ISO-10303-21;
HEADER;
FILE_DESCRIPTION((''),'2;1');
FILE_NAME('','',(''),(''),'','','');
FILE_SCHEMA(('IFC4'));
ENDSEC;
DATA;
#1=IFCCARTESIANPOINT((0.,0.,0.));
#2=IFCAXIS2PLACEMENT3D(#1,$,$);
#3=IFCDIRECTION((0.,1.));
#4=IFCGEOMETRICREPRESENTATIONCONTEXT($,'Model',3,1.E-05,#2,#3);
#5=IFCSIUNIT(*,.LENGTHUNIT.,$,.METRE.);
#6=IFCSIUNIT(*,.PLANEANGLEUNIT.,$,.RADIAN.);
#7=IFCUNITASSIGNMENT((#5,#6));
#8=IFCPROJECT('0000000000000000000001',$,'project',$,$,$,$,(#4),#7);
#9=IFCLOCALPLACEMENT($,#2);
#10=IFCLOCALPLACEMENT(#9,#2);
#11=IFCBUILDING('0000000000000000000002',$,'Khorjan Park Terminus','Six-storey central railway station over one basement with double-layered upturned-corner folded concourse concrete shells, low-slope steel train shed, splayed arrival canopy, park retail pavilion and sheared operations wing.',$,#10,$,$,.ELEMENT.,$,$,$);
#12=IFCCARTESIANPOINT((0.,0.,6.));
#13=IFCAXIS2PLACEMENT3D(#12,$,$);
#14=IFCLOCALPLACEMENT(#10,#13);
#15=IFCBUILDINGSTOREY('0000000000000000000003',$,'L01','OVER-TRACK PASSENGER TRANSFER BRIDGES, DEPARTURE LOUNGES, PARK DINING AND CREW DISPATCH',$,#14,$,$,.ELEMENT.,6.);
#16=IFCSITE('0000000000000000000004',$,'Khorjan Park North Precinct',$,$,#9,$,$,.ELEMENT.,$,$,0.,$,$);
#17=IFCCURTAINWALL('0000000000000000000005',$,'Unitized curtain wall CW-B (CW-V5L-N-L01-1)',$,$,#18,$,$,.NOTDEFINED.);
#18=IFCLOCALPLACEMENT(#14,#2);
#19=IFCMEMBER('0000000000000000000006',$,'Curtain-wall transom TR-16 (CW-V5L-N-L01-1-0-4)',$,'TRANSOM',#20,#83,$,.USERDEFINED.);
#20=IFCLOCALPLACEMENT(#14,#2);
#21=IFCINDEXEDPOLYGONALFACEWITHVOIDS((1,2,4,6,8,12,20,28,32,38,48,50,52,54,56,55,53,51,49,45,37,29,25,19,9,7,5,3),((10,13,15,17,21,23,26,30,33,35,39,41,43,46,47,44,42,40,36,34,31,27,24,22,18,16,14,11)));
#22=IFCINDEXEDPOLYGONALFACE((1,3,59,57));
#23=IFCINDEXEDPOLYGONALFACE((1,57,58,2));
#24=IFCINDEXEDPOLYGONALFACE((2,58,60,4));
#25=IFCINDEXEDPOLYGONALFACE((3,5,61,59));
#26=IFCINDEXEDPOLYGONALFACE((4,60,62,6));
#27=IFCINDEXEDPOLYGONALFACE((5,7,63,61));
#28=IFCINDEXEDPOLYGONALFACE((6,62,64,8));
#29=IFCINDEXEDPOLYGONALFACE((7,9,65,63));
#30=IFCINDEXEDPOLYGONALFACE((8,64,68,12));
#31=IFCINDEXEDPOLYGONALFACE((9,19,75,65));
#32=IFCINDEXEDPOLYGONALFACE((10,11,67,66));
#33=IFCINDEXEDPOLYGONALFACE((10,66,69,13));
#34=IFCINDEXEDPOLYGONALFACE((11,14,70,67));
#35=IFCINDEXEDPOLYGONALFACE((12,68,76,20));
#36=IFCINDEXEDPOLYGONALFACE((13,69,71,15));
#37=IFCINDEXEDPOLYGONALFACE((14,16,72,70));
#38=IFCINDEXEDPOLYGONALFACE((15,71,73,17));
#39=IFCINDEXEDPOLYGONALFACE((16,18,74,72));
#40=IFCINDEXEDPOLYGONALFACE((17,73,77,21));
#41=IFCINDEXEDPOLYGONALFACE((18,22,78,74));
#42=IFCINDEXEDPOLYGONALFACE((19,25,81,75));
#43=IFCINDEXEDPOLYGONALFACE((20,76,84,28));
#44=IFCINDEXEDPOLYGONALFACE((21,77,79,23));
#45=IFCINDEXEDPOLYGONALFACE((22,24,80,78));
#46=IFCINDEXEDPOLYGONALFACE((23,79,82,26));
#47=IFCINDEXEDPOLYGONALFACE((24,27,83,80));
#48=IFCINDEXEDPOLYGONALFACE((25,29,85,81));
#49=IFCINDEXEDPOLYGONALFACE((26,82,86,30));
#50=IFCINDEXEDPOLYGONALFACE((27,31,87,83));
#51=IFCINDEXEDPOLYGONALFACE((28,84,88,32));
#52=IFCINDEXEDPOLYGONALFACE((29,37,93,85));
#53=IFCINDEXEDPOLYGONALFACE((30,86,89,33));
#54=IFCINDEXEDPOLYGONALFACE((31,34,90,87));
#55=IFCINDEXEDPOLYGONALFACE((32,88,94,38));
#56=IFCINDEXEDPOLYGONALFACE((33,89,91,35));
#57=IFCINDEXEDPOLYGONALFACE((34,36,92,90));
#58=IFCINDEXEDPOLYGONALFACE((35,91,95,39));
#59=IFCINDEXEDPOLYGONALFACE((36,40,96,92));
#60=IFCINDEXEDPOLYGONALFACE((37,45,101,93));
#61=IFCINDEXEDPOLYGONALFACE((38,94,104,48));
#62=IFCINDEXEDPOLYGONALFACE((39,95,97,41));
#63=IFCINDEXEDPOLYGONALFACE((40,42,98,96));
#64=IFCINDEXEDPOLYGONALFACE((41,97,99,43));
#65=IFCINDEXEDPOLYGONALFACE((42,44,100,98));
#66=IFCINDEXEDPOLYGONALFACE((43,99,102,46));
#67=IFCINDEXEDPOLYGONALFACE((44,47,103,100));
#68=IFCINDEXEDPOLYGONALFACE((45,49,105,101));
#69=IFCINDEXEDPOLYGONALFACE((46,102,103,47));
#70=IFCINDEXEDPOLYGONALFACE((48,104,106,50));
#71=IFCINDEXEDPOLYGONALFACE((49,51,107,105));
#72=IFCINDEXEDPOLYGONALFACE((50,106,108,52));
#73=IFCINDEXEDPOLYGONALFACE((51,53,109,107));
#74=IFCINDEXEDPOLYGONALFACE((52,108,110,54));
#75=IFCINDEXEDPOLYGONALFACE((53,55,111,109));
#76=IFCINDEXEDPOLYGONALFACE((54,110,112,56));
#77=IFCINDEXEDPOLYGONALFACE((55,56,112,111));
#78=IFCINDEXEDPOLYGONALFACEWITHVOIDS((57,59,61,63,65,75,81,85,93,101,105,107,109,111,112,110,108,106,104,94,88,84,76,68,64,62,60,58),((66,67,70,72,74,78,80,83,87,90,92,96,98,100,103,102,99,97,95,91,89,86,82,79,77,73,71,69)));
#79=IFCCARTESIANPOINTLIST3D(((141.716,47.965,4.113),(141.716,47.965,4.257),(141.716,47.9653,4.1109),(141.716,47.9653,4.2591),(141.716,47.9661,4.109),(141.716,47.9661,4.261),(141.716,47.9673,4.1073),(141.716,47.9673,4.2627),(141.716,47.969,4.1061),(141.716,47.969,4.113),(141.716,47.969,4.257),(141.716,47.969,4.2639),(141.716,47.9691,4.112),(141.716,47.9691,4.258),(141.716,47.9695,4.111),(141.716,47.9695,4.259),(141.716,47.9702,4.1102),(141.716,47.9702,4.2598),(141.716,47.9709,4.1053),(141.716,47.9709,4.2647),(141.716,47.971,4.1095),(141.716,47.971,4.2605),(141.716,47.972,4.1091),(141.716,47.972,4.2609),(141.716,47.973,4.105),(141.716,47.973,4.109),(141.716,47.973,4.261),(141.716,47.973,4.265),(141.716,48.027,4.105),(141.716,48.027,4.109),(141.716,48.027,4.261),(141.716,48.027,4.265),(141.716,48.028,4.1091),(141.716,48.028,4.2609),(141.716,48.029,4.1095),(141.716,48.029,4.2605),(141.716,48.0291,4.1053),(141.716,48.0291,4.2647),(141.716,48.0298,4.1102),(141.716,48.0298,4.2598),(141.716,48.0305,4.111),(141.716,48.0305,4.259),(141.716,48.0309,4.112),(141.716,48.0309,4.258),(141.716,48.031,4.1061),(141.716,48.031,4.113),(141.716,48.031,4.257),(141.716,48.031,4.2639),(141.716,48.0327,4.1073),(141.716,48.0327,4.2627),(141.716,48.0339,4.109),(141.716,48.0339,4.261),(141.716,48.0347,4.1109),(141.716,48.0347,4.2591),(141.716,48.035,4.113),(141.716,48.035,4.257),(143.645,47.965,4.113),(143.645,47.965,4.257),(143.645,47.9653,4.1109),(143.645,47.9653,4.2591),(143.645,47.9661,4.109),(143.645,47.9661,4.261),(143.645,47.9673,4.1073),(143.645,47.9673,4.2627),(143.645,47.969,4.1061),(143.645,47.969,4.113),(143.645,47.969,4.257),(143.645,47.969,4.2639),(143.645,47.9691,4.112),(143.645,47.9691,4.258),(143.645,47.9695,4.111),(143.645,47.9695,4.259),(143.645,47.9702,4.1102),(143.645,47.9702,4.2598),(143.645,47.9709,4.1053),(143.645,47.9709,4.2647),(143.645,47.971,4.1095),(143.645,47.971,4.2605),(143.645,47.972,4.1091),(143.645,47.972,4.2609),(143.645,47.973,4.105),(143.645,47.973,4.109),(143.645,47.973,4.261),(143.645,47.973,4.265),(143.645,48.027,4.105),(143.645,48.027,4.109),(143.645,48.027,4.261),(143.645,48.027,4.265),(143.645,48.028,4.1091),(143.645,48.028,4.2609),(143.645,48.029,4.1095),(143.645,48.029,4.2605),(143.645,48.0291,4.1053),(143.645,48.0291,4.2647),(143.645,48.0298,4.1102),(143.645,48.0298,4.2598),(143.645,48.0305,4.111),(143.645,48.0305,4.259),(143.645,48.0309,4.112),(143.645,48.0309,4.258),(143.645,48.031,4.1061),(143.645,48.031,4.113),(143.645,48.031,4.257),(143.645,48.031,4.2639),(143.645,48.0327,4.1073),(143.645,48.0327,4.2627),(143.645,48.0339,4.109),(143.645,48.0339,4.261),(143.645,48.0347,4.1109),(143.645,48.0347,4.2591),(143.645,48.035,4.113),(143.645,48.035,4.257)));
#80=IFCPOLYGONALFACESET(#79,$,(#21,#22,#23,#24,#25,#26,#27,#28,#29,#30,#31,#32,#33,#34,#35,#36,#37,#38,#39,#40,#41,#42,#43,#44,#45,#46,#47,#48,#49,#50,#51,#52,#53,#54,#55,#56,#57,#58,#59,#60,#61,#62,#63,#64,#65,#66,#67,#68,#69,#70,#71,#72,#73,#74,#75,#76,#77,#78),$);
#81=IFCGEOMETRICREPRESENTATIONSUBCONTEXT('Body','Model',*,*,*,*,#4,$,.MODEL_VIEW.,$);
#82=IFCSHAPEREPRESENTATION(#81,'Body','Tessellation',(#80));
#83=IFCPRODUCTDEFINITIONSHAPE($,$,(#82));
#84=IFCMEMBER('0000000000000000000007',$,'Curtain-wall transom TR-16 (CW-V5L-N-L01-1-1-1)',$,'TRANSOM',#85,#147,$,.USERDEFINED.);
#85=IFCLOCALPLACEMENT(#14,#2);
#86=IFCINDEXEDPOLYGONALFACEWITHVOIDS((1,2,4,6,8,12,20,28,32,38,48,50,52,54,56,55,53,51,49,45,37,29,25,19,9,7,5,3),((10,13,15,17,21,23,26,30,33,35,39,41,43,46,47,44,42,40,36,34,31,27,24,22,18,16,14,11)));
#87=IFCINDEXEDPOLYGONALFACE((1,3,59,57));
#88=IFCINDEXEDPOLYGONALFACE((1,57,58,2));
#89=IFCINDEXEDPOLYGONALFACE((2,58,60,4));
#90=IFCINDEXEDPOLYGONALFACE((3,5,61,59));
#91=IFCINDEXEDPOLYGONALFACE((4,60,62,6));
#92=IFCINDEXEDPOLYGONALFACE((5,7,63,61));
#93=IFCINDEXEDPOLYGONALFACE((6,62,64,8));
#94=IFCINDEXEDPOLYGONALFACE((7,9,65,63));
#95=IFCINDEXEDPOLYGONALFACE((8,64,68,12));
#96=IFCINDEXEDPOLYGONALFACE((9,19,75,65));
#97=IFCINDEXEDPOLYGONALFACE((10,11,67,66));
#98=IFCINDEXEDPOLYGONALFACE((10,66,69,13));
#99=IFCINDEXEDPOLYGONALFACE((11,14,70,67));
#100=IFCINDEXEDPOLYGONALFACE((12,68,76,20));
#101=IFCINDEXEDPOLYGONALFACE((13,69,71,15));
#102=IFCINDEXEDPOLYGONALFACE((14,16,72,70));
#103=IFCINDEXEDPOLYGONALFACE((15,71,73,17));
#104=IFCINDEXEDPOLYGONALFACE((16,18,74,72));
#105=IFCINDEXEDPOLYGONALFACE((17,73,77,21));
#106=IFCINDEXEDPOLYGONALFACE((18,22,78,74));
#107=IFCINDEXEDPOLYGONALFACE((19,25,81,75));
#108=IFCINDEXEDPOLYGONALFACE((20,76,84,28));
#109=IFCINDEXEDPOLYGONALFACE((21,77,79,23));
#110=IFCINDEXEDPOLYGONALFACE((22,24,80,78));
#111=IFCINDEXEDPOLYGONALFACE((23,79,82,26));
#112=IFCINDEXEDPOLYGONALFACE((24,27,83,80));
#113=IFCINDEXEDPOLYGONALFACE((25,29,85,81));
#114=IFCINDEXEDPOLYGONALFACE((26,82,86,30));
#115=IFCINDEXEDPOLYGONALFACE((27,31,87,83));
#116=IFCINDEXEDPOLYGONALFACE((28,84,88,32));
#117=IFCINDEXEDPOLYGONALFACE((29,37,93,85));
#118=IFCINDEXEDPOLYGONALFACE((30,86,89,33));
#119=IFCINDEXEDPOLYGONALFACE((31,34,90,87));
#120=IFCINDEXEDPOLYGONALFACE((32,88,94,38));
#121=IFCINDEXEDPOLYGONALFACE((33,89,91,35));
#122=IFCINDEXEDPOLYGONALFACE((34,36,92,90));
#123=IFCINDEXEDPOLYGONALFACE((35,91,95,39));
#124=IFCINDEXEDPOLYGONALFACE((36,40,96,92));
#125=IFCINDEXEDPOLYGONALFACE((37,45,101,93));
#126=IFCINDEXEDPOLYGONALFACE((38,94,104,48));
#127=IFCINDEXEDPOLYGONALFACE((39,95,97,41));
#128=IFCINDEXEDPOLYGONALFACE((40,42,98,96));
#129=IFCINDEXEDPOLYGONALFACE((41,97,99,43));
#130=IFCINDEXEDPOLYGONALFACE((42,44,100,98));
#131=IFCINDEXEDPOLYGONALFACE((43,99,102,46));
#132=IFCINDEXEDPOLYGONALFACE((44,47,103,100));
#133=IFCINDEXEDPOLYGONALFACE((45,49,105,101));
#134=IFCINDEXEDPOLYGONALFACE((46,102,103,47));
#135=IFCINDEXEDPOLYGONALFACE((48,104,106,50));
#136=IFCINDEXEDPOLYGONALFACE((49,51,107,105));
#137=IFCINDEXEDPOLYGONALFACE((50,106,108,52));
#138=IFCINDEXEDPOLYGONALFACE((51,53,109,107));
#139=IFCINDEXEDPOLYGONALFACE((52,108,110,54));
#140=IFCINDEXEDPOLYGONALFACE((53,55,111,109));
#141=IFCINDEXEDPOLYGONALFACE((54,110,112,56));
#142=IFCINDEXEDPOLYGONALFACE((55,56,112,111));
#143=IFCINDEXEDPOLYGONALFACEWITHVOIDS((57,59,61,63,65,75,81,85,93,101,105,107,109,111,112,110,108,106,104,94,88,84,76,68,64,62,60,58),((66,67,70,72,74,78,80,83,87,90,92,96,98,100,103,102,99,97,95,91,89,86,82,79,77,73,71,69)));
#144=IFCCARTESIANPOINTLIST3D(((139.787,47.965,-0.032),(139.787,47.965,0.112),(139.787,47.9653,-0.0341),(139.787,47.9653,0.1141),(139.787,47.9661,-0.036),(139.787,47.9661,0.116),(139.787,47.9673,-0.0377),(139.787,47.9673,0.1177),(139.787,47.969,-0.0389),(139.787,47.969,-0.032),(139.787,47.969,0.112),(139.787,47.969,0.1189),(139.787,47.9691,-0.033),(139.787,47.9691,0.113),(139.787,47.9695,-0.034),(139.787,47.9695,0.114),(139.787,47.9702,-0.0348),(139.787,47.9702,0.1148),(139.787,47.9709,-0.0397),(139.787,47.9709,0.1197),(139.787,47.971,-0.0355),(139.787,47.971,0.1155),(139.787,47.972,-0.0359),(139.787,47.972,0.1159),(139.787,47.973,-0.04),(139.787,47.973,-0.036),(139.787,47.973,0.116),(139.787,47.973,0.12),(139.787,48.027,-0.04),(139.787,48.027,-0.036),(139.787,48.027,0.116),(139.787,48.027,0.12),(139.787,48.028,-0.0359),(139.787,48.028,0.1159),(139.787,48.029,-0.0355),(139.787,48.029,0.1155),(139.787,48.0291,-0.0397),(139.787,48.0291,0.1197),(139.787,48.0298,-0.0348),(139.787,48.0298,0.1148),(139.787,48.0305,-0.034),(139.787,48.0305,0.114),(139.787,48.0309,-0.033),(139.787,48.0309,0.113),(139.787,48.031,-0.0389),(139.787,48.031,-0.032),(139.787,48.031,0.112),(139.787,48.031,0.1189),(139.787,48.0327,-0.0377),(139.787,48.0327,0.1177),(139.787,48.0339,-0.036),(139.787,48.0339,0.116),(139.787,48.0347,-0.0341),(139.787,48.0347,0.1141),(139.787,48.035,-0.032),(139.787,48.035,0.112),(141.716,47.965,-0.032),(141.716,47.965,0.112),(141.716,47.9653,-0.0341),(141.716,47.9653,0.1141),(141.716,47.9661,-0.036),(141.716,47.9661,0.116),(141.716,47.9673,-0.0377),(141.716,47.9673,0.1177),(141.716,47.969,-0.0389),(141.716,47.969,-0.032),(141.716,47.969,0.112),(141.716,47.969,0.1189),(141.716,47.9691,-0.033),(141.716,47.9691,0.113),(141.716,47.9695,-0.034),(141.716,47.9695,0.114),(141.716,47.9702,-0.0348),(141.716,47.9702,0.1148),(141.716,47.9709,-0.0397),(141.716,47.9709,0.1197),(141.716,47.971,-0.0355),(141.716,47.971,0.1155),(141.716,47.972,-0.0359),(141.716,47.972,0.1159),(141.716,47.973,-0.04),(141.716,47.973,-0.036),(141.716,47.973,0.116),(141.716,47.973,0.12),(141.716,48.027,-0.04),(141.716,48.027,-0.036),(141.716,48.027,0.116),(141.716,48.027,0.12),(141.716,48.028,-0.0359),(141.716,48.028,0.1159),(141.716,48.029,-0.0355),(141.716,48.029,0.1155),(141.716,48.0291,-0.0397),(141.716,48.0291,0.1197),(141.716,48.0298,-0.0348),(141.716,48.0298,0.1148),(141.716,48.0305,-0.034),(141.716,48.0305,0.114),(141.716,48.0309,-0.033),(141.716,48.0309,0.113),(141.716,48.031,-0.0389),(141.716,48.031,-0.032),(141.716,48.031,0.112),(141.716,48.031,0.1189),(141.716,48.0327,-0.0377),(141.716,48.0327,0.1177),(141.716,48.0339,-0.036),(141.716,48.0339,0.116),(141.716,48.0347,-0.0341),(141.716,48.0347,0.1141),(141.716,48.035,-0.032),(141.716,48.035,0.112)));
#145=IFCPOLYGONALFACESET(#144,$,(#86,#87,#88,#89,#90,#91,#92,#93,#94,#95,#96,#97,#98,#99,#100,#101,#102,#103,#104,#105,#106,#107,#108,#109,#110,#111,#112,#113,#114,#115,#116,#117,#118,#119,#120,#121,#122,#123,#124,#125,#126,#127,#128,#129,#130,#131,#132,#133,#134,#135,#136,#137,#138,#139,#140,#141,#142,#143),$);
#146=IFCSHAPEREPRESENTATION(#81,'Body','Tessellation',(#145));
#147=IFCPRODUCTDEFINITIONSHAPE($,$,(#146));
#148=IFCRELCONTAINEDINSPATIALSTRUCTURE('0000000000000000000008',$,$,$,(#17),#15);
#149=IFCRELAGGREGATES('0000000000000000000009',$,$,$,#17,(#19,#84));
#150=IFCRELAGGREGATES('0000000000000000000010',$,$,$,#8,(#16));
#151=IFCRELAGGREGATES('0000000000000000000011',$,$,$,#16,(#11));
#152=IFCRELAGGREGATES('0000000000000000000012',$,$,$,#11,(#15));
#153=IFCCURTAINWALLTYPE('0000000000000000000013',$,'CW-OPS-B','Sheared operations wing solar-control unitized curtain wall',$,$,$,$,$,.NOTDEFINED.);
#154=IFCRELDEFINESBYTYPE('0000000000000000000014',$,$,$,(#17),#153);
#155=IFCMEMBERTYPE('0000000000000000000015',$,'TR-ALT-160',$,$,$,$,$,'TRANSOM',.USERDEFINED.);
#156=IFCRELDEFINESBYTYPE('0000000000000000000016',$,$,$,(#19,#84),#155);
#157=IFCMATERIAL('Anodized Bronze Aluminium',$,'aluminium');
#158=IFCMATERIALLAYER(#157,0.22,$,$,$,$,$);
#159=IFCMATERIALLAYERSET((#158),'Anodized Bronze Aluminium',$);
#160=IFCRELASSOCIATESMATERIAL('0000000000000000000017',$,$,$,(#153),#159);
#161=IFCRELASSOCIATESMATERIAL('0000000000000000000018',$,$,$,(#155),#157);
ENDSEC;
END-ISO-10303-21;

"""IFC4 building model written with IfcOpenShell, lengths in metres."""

from ifc_helpers import new_model, si_unit, direction, frame, origin, origin_2d, place, context, subcontext, project, spatial, hollow_rectangle, extrude, material, layer, layer_set, material_profile, profile_set, type_object, element, aggregate, save


model = new_model("IFC4")

# Units and contexts
model_context = context("Model", 3, precision=1e-05, world=origin(), true_north=direction((0.0, 1.0)))
body_context = subcontext(model_context, "Body", "Model", "MODEL_VIEW")
ifc_project = project(units=[si_unit("LENGTHUNIT", "METRE"), si_unit("PLANEANGLEUNIT", "RADIAN")], contexts=[model_context])

# Site, building, storey
site_placement = place(None, origin())
site = spatial("IfcSite", under=ifc_project, at=site_placement, Name="Khorjan Park North Precinct", CompositionType="ELEMENT", RefElevation=0.0)
building_placement = place(site_placement, origin())
building = spatial("IfcBuilding", under=site, at=building_placement, Name="Khorjan Park Terminus", Description="Six-storey central railway station over one basement with double-layered upturned-corner folded concourse concrete shells, low-slope steel train shed, splayed arrival canopy, park retail pavilion and sheared operations wing.", CompositionType="ELEMENT")
storey_placement = place(building_placement, frame((0.0, 0.0, 6.0)))
storey = spatial("IfcBuildingStorey", under=building, at=storey_placement, Name="L01", Description="OVER-TRACK PASSENGER TRANSFER BRIDGES, DEPARTURE LOUNGES, PARK DINING AND CREW DISPATCH", CompositionType="ELEMENT", Elevation=6.0)

# Curtain wall
ifc_material_1 = material(Name="Anodized Bronze Aluminium", Category="aluminium")
ifc_layer_1 = layer(ifc_material_1, 0.22)
ifc_layer_set_1 = layer_set([ifc_layer_1], Name="Anodized Bronze Aluminium")
curtain_wall_type = type_object("IfcCurtainWallType", Name="CW-OPS-B", Description="Sheared operations wing solar-control unitized curtain wall", PredefinedType="NOTDEFINED", material=ifc_layer_set_1)
curtain_wall_1_placement = place(storey_placement, origin())
curtain_wall_1 = element("IfcCurtainWall", 1, at=curtain_wall_1_placement, inside=storey, type_object=curtain_wall_type, Name="Unitized curtain wall CW-B (CW-V5L-N-L01-1)", PredefinedType="NOTDEFINED")

# Members
ifc_material_profile_1 = material_profile(ifc_material_1, hollow_rectangle(XDim=0.07, YDim=0.16, WallThickness=0.004, InnerFilletRadius=0.004, OuterFilletRadius=0.008, at=origin_2d()), Name="ALT 70x160x4")
ifc_profile_set_1 = profile_set([ifc_material_profile_1], Name="Anodized Bronze Aluminium")
member_type_1 = type_object("IfcMemberType", Name="TR-ALT-160", ElementType="TRANSOM", PredefinedType="USERDEFINED", material=ifc_profile_set_1)
member_1_placement = place(storey_placement, frame((143.645, 48.0, 4.185), z_axis=(-1.0, 0.0, 0.0), x_axis=(0.0, -1.0, 0.0)))
member_1 = element("IfcMember", 2, at=member_1_placement, type_object=member_type_1, Name="Curtain-wall transom TR-16 (CW-V5L-N-L01-1-0-4)", ObjectType="TRANSOM", PredefinedType="USERDEFINED", context=body_context, shape_type="SweptSolid", body=[
    extrude(hollow_rectangle(XDim=0.07, YDim=0.16, WallThickness=0.004, InnerFilletRadius=0.004, OuterFilletRadius=0.008, at=origin_2d()), origin(), (0.0, 0.0, 1.0), 1.929),
])
member_2_placement = place(storey_placement, frame((141.716, 48.0, 0.04), z_axis=(-1.0, 0.0, 0.0), x_axis=(0.0, -1.0, 0.0)))
member_2 = element("IfcMember", 3, at=member_2_placement, type_object=member_type_1, Name="Curtain-wall transom TR-16 (CW-V5L-N-L01-1-1-1)", ObjectType="TRANSOM", PredefinedType="USERDEFINED", context=body_context, shape_type="SweptSolid", body=[
    extrude(hollow_rectangle(XDim=0.07, YDim=0.16, WallThickness=0.004, InnerFilletRadius=0.004, OuterFilletRadius=0.008, at=origin_2d()), origin(), (0.0, 0.0, 1.0), 1.929),
])

aggregate(curtain_wall_1, [member_1, member_2])

save(model, "model.ifc")
